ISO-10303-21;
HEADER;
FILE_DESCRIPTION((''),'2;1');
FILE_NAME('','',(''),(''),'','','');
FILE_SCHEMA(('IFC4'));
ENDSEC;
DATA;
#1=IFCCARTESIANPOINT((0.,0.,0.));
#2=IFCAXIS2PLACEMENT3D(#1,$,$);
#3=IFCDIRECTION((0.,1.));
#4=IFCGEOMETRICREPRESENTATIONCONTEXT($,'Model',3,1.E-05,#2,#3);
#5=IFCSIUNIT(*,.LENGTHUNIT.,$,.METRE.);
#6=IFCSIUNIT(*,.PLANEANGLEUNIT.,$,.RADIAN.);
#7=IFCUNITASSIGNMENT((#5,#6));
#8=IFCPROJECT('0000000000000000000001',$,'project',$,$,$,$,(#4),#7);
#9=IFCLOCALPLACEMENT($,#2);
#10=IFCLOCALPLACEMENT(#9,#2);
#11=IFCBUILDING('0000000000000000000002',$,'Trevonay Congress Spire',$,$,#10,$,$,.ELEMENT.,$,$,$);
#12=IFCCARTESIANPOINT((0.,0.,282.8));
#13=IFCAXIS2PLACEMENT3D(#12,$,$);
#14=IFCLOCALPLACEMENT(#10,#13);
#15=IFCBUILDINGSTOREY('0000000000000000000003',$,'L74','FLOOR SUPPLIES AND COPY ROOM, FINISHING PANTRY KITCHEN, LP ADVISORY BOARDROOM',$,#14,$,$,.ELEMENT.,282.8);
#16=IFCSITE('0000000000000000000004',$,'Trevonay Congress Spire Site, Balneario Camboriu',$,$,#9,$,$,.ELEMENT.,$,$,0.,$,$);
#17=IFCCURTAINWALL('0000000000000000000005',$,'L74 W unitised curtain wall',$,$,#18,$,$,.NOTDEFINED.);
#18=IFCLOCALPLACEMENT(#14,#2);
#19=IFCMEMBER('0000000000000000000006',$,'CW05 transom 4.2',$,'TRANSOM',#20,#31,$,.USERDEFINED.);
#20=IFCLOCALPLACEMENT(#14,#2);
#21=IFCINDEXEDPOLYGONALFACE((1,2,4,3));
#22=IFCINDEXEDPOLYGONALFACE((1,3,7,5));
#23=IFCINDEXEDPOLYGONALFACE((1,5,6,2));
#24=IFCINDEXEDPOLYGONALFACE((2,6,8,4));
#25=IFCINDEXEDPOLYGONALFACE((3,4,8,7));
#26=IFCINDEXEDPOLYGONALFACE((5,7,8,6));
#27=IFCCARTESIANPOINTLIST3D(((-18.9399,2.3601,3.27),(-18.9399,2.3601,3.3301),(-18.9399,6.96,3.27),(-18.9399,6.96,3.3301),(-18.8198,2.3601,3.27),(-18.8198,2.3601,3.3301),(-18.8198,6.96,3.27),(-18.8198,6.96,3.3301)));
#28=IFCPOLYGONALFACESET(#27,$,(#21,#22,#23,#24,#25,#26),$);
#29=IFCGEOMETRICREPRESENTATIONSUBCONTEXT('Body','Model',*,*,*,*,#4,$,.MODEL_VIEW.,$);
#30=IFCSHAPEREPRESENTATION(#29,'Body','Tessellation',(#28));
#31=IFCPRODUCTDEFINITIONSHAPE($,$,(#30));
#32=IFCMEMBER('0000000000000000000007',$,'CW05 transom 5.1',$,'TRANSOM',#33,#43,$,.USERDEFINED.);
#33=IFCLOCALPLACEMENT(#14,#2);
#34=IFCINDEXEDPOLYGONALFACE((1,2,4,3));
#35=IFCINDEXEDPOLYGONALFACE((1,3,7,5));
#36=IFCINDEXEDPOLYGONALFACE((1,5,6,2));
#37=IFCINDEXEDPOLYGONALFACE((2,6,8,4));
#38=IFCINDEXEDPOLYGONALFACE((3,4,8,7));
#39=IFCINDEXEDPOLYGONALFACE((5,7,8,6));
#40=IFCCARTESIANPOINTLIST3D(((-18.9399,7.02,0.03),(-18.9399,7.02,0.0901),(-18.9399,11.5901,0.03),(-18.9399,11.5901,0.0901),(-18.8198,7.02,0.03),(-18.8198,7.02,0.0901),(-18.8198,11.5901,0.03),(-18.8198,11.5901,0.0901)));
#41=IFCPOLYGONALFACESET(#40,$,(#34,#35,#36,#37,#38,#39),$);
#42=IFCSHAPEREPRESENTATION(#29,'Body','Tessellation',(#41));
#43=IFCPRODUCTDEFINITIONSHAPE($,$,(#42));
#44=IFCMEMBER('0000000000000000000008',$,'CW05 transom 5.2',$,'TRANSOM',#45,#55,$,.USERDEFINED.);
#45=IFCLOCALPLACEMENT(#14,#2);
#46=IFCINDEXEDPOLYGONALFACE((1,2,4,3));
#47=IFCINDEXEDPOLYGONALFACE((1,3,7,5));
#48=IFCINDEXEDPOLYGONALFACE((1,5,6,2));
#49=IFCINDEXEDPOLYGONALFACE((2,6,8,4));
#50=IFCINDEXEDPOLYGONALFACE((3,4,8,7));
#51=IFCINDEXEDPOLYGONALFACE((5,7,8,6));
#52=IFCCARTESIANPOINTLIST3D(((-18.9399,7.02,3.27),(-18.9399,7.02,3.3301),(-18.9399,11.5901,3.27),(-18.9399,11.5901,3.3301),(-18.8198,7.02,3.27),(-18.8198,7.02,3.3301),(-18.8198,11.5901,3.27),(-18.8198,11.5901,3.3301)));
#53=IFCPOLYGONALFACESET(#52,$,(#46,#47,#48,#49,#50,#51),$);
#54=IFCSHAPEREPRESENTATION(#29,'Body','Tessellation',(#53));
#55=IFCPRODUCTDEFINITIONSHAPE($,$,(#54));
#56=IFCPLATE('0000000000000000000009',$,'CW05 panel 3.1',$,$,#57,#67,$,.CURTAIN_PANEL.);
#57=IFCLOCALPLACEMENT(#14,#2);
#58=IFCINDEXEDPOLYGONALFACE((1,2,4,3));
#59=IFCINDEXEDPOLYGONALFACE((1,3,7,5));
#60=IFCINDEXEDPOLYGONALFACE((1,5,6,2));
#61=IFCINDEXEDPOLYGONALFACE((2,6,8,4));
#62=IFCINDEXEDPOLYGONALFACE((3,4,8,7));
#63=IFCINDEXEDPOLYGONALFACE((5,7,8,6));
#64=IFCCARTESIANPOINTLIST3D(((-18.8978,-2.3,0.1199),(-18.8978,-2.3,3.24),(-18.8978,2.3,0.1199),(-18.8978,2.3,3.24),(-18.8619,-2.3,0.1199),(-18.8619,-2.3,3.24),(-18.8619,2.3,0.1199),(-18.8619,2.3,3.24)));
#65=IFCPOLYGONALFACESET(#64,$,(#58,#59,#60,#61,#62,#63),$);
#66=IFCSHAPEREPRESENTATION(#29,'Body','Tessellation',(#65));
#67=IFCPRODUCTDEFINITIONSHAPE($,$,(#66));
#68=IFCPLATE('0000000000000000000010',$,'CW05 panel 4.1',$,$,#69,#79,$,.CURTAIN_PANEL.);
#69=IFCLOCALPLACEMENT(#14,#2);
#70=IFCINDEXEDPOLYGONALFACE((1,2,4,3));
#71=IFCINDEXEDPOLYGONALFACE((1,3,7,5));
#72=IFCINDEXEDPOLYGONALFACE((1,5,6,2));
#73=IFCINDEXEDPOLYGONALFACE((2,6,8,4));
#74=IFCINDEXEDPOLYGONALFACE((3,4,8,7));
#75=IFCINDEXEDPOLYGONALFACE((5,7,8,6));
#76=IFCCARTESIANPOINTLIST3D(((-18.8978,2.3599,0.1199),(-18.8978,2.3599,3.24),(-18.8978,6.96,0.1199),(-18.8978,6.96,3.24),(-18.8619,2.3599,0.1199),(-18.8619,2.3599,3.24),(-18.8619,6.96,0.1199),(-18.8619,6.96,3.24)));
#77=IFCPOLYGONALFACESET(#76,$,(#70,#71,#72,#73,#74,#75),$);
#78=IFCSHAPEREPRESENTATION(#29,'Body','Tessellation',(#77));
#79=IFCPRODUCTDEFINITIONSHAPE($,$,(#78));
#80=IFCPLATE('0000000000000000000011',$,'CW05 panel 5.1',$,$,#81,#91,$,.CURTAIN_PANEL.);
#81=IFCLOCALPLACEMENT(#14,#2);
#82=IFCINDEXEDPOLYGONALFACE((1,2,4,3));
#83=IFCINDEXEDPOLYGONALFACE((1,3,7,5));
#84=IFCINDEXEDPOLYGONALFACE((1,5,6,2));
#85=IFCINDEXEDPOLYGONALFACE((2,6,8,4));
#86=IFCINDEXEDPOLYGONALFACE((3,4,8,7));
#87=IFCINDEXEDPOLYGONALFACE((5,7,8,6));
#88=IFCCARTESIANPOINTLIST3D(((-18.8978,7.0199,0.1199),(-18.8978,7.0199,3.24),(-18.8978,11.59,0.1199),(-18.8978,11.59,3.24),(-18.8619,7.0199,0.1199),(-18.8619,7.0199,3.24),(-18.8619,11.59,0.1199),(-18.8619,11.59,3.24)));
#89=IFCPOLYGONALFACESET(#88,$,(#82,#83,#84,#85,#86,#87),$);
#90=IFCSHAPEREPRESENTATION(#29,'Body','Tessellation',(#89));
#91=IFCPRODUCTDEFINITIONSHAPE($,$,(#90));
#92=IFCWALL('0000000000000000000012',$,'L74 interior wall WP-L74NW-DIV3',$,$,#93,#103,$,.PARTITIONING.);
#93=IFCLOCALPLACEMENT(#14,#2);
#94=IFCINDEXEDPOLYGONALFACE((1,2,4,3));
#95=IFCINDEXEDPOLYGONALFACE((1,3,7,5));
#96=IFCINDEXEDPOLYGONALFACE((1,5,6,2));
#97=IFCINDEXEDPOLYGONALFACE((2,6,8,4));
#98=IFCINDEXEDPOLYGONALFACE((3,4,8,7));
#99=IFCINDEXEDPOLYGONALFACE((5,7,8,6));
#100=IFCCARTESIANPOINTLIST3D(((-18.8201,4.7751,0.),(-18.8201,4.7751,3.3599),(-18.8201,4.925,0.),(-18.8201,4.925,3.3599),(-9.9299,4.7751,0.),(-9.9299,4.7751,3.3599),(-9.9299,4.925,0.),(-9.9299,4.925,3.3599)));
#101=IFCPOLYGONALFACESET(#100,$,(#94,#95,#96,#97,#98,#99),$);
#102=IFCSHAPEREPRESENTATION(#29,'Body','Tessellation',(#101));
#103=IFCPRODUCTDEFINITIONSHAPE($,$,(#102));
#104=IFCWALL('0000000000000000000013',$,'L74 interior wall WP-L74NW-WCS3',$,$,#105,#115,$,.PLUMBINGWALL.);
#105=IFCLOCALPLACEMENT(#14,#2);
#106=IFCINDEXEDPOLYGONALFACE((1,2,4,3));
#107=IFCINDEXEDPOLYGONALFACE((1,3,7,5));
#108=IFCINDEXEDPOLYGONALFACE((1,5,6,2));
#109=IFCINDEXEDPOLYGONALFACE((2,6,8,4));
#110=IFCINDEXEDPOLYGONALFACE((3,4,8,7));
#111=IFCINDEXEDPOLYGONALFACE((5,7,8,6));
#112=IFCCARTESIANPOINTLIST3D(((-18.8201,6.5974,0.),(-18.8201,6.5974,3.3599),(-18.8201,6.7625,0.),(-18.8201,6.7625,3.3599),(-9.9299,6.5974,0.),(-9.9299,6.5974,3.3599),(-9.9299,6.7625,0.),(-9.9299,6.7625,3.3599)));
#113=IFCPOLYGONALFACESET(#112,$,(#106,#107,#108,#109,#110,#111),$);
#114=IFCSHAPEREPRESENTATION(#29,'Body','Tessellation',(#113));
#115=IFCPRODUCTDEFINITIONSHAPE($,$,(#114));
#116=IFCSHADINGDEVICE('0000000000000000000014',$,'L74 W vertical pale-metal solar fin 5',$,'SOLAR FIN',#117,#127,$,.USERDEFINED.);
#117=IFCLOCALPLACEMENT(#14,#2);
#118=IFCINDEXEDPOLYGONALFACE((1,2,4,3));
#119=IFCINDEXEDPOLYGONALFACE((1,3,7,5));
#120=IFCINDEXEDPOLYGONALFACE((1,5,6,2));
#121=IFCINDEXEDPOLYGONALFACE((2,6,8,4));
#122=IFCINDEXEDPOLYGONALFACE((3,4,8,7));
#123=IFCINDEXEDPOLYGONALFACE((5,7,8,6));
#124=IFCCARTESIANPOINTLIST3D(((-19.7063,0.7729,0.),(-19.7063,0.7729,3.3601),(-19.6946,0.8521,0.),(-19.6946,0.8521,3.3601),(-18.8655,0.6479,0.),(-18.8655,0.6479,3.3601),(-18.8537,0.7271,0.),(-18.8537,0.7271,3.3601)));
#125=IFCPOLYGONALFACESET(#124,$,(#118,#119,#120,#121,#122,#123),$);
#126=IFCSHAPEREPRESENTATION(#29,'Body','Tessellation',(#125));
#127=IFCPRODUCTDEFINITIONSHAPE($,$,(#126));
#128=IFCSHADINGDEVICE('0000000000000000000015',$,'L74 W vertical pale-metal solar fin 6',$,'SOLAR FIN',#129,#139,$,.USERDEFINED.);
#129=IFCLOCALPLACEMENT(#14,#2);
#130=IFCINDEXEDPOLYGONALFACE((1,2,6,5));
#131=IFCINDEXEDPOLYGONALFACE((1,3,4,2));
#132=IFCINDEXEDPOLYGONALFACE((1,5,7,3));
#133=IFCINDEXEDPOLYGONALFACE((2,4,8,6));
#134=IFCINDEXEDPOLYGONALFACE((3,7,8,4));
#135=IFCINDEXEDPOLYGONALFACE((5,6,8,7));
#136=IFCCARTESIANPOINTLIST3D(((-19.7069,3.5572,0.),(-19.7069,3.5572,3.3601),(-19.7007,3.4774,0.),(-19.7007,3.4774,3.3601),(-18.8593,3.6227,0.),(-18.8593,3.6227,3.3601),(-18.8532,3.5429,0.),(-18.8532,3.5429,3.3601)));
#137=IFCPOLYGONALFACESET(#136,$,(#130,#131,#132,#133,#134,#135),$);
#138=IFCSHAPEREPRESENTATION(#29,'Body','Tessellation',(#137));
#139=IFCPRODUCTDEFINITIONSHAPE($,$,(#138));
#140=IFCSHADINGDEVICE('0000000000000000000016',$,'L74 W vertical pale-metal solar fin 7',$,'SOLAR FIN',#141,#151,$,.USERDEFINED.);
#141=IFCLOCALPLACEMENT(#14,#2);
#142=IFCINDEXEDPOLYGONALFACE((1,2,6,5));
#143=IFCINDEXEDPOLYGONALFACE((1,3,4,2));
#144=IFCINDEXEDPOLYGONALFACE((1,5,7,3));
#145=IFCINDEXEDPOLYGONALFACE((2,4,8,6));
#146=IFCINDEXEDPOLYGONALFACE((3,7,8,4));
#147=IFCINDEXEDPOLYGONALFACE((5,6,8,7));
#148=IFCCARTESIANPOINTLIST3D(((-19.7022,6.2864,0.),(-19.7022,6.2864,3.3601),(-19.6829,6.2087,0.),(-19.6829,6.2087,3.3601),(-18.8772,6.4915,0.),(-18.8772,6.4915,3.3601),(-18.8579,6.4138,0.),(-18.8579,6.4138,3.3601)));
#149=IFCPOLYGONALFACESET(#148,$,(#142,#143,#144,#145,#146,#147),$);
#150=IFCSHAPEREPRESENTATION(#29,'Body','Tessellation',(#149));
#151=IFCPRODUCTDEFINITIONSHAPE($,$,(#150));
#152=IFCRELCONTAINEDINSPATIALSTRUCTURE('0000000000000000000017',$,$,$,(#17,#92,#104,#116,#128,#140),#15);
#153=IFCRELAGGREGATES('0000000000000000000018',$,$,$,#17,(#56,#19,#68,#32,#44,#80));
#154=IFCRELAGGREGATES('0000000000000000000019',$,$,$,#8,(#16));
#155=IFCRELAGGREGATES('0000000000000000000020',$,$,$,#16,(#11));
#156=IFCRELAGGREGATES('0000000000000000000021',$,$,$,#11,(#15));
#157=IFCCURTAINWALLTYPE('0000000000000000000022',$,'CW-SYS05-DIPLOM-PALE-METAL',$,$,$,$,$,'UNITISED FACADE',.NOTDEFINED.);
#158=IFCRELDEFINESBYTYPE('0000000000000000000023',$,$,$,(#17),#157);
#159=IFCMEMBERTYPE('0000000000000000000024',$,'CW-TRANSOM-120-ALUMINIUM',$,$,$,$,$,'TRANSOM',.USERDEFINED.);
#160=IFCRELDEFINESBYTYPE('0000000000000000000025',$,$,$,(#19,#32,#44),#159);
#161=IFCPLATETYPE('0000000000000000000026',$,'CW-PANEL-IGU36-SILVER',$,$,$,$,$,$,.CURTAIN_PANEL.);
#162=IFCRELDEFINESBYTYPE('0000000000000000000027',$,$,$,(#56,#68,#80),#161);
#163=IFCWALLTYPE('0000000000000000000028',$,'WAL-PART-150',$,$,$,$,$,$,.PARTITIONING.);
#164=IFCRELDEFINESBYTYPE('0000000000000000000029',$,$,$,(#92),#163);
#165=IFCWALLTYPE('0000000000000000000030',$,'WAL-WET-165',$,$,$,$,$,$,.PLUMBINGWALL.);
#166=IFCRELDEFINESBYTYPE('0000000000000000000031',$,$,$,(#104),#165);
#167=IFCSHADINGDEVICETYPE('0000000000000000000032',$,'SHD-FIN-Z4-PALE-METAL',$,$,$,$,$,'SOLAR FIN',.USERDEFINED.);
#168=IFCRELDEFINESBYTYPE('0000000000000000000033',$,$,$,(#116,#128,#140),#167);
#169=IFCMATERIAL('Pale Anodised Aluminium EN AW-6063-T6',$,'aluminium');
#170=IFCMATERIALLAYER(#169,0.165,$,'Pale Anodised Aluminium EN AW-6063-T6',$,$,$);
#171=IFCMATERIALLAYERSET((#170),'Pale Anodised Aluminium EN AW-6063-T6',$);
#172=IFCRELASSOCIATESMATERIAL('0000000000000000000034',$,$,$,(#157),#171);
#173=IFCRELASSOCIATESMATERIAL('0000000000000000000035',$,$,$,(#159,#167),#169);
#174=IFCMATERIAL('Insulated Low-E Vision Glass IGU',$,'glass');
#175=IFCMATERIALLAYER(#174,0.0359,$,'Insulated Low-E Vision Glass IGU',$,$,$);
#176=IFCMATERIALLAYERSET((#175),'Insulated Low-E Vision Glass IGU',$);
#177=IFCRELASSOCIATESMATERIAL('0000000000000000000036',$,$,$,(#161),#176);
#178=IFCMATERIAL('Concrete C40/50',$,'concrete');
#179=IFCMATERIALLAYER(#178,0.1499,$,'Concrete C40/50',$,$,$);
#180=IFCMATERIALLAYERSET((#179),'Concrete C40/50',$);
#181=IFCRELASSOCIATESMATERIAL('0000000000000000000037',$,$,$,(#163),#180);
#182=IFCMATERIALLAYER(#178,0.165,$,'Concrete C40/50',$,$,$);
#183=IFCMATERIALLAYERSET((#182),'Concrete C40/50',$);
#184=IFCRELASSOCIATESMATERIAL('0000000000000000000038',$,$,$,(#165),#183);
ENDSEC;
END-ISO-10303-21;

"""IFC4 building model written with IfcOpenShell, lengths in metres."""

from ifc_helpers import new_model, si_unit, direction, frame, frame_2d, origin, origin_2d, place, context, subcontext, project, spatial, rectangle, extrude, material, layer, layer_set, material_profile, profile_set, type_object, element, aggregate, save


model = new_model("IFC4")

# Units and contexts
model_context = context("Model", 3, precision=1e-05, world=origin(), true_north=direction((0.0, 1.0)))
body_context = subcontext(model_context, "Body", "Model", "MODEL_VIEW")
ifc_project = project(units=[si_unit("LENGTHUNIT", "METRE"), si_unit("PLANEANGLEUNIT", "RADIAN")], contexts=[model_context])

# Site, building, storey
site_placement = place(None, origin())
site = spatial("IfcSite", under=ifc_project, at=site_placement, Name="Trevonay Congress Spire Site, Balneario Camboriu", CompositionType="ELEMENT", RefElevation=0.0)
building_placement = place(site_placement, origin())
building = spatial("IfcBuilding", under=site, at=building_placement, Name="Trevonay Congress Spire", CompositionType="ELEMENT")
storey_placement = place(building_placement, frame((0.0, 0.0, 282.8)))
storey = spatial("IfcBuildingStorey", under=building, at=storey_placement, Name="L74", Description="FLOOR SUPPLIES AND COPY ROOM, FINISHING PANTRY KITCHEN, LP ADVISORY BOARDROOM", CompositionType="ELEMENT", Elevation=282.8)

# Curtain wall, members, plates
ifc_material_1 = material(Name="Pale Anodised Aluminium EN AW-6063-T6", Category="aluminium")
ifc_layer_1 = layer(ifc_material_1, 0.165, Name="Pale Anodised Aluminium EN AW-6063-T6")
ifc_layer_set_1 = layer_set([ifc_layer_1], Name="Pale Anodised Aluminium EN AW-6063-T6")
curtain_wall_type = type_object("IfcCurtainWallType", Name="CW-SYS05-DIPLOM-PALE-METAL", ElementType="UNITISED FACADE", PredefinedType="NOTDEFINED", material=ifc_layer_set_1)
curtain_wall_placement = place(storey_placement, origin())
curtain_wall = element("IfcCurtainWall", 1, at=curtain_wall_placement, inside=storey, type_object=curtain_wall_type, Name="L74 W unitised curtain wall", PredefinedType="NOTDEFINED")
ifc_material_profile_1 = material_profile(ifc_material_1, rectangle(XDim=0.1201, YDim=0.0601, at=origin_2d()), Name="CW-TRANSOM-120-ALUMINIUM")
ifc_profile_set_1 = profile_set([ifc_material_profile_1], Name="Pale Anodised Aluminium EN AW-6063-T6")
member_type_1 = type_object("IfcMemberType", Name="CW-TRANSOM-120-ALUMINIUM", ElementType="TRANSOM", PredefinedType="USERDEFINED", material=ifc_profile_set_1)
member_1_placement = place(storey_placement, frame((-18.8799, 2.3601, 3.3), z_axis=(0.0, 1.0, 0.0), x_axis=(-1.0, 0.0, 0.0)))
member_1 = element("IfcMember", 2, at=member_1_placement, type_object=member_type_1, Name="CW05 transom 4.2", ObjectType="TRANSOM", PredefinedType="USERDEFINED", context=body_context, shape_type="SweptSolid", body=[
    extrude(rectangle(XDim=0.1201, YDim=0.0601, at=origin_2d()), origin(), (0.0, 0.0, 1.0), 4.5999),
])
member_2_placement = place(storey_placement, frame((-18.8799, 7.02, 0.0601), z_axis=(0.0, 1.0, 0.0), x_axis=(-1.0, 0.0, 0.0)))
member_2 = element("IfcMember", 3, at=member_2_placement, type_object=member_type_1, Name="CW05 transom 5.1", ObjectType="TRANSOM", PredefinedType="USERDEFINED", context=body_context, shape_type="SweptSolid", body=[
    extrude(rectangle(XDim=0.1201, YDim=0.0601, at=origin_2d()), origin(), (0.0, 0.0, 1.0), 4.5701),
])
member_3_placement = place(storey_placement, frame((-18.8799, 7.02, 3.3), z_axis=(0.0, 1.0, 0.0), x_axis=(-1.0, 0.0, 0.0)))
member_3 = element("IfcMember", 4, at=member_3_placement, type_object=member_type_1, Name="CW05 transom 5.2", ObjectType="TRANSOM", PredefinedType="USERDEFINED", context=body_context, shape_type="SweptSolid", body=[
    extrude(rectangle(XDim=0.1201, YDim=0.0601, at=origin_2d()), origin(), (0.0, 0.0, 1.0), 4.5701),
])
ifc_material_2 = material(Name="Insulated Low-E Vision Glass IGU", Category="glass")
ifc_layer_2 = layer(ifc_material_2, 0.0359, Name="Insulated Low-E Vision Glass IGU")
ifc_layer_set_2 = layer_set([ifc_layer_2], Name="Insulated Low-E Vision Glass IGU")
plate_type = type_object("IfcPlateType", Name="CW-PANEL-IGU36-SILVER", PredefinedType="CURTAIN_PANEL", material=ifc_layer_set_2)
plate_1_placement = place(storey_placement, frame((-18.8799, 0.0, 0.1199), z_axis=(0.0, 0.0, 1.0), x_axis=(0.0, 1.0, 0.0)))
plate_1 = element("IfcPlate", 5, at=plate_1_placement, type_object=plate_type, Name="CW05 panel 3.1", PredefinedType="CURTAIN_PANEL", context=body_context, shape_type="SweptSolid", body=[
    extrude(rectangle(XDim=4.6001, YDim=0.0359, at=origin_2d()), origin(), (0.0, 0.0, 1.0), 3.1201),
])
plate_2_placement = place(storey_placement, frame((-18.8799, 4.6599, 0.1199), z_axis=(0.0, 0.0, 1.0), x_axis=(0.0, 1.0, 0.0)))
plate_2 = element("IfcPlate", 6, at=plate_2_placement, type_object=plate_type, Name="CW05 panel 4.1", PredefinedType="CURTAIN_PANEL", context=body_context, shape_type="SweptSolid", body=[
    extrude(rectangle(XDim=4.6001, YDim=0.0359, at=origin_2d()), origin(), (0.0, 0.0, 1.0), 3.1201),
])
plate_3_placement = place(storey_placement, frame((-18.8799, 9.3049, 0.1199), z_axis=(0.0, 0.0, 1.0), x_axis=(0.0, 1.0, 0.0)))
plate_3 = element("IfcPlate", 7, at=plate_3_placement, type_object=plate_type, Name="CW05 panel 5.1", PredefinedType="CURTAIN_PANEL", context=body_context, shape_type="SweptSolid", body=[
    extrude(rectangle(XDim=4.5701, YDim=0.0359, at=origin_2d()), origin(), (0.0, 0.0, 1.0), 3.1201),
])
aggregate(curtain_wall, [plate_1, member_1, plate_2, member_2, member_3, plate_3])

# Walls
ifc_material_3 = material(Name="Concrete C40/50", Category="concrete")
ifc_layer_3 = layer(ifc_material_3, 0.1499, Name="Concrete C40/50")
ifc_layer_set_3 = layer_set([ifc_layer_3], Name="Concrete C40/50")
wall_type_1 = type_object("IfcWallType", Name="WAL-PART-150", PredefinedType="PARTITIONING", material=ifc_layer_set_3)
wall_1_placement = place(storey_placement, frame((-18.8201, 4.8501, 0.0), z_axis=(0.0, 0.0, 1.0), x_axis=(1.0, 0.0, 0.0)))
element("IfcWall", 8, at=wall_1_placement, inside=storey, type_object=wall_type_1, Name="L74 interior wall WP-L74NW-DIV3", PredefinedType="PARTITIONING", context=body_context, shape_type="SweptSolid", body=[
    extrude(rectangle(XDim=8.8901, YDim=0.1499, at=frame_2d((4.4451, 0.0))), origin(), (0.0, 0.0, 1.0), 3.3599),
])
ifc_layer_4 = layer(ifc_material_3, 0.165, Name="Concrete C40/50")
ifc_layer_set_4 = layer_set([ifc_layer_4], Name="Concrete C40/50")
wall_type_2 = type_object("IfcWallType", Name="WAL-WET-165", PredefinedType="PLUMBINGWALL", material=ifc_layer_set_4)
wall_2_placement = place(storey_placement, frame((-18.8201, 6.6799, 0.0), z_axis=(0.0, 0.0, 1.0), x_axis=(1.0, 0.0, 0.0)))
element("IfcWall", 9, at=wall_2_placement, inside=storey, type_object=wall_type_2, Name="L74 interior wall WP-L74NW-WCS3", PredefinedType="PLUMBINGWALL", context=body_context, shape_type="SweptSolid", body=[
    extrude(rectangle(XDim=8.8901, YDim=0.165, at=frame_2d((4.4451, 0.0))), origin(), (0.0, 0.0, 1.0), 3.3599),
])

# Shading devices
shading_device_type = type_object("IfcShadingDeviceType", Name="SHD-FIN-Z4-PALE-METAL", ElementType="SOLAR FIN", PredefinedType="USERDEFINED", material=ifc_material_1)
for number, where, z_axis, x_axis, name in (
    (10, (-19.28, 0.75, 0.0), (0.0, 0.0, 1.0), (0.146946, 0.989144, 0.0), "L74 W vertical pale-metal solar fin 5"),
    (11, (-19.28, 3.55, 0.0), (0.0, 0.0, 1.0), (-0.077067, 0.997026, 0.0), "L74 W vertical pale-metal solar fin 6"),
    (12, (-19.28, 6.3501, 0.0), (0.0, 0.0, 1.0), (-0.241244, 0.970464, 0.0), "L74 W vertical pale-metal solar fin 7"),
):
    element("IfcShadingDevice", number, at=place(storey_placement, frame(where, z_axis=z_axis, x_axis=x_axis)), inside=storey, type_object=shading_device_type, Name=name, ObjectType="SOLAR FIN", PredefinedType="USERDEFINED", context=body_context, shape_type="SweptSolid", body=[
        extrude(rectangle(XDim=0.0801, YDim=0.8501, at=origin_2d()), origin(), (0.0, 0.0, 1.0), 3.3601),
    ])

save(model, "model.ifc")
